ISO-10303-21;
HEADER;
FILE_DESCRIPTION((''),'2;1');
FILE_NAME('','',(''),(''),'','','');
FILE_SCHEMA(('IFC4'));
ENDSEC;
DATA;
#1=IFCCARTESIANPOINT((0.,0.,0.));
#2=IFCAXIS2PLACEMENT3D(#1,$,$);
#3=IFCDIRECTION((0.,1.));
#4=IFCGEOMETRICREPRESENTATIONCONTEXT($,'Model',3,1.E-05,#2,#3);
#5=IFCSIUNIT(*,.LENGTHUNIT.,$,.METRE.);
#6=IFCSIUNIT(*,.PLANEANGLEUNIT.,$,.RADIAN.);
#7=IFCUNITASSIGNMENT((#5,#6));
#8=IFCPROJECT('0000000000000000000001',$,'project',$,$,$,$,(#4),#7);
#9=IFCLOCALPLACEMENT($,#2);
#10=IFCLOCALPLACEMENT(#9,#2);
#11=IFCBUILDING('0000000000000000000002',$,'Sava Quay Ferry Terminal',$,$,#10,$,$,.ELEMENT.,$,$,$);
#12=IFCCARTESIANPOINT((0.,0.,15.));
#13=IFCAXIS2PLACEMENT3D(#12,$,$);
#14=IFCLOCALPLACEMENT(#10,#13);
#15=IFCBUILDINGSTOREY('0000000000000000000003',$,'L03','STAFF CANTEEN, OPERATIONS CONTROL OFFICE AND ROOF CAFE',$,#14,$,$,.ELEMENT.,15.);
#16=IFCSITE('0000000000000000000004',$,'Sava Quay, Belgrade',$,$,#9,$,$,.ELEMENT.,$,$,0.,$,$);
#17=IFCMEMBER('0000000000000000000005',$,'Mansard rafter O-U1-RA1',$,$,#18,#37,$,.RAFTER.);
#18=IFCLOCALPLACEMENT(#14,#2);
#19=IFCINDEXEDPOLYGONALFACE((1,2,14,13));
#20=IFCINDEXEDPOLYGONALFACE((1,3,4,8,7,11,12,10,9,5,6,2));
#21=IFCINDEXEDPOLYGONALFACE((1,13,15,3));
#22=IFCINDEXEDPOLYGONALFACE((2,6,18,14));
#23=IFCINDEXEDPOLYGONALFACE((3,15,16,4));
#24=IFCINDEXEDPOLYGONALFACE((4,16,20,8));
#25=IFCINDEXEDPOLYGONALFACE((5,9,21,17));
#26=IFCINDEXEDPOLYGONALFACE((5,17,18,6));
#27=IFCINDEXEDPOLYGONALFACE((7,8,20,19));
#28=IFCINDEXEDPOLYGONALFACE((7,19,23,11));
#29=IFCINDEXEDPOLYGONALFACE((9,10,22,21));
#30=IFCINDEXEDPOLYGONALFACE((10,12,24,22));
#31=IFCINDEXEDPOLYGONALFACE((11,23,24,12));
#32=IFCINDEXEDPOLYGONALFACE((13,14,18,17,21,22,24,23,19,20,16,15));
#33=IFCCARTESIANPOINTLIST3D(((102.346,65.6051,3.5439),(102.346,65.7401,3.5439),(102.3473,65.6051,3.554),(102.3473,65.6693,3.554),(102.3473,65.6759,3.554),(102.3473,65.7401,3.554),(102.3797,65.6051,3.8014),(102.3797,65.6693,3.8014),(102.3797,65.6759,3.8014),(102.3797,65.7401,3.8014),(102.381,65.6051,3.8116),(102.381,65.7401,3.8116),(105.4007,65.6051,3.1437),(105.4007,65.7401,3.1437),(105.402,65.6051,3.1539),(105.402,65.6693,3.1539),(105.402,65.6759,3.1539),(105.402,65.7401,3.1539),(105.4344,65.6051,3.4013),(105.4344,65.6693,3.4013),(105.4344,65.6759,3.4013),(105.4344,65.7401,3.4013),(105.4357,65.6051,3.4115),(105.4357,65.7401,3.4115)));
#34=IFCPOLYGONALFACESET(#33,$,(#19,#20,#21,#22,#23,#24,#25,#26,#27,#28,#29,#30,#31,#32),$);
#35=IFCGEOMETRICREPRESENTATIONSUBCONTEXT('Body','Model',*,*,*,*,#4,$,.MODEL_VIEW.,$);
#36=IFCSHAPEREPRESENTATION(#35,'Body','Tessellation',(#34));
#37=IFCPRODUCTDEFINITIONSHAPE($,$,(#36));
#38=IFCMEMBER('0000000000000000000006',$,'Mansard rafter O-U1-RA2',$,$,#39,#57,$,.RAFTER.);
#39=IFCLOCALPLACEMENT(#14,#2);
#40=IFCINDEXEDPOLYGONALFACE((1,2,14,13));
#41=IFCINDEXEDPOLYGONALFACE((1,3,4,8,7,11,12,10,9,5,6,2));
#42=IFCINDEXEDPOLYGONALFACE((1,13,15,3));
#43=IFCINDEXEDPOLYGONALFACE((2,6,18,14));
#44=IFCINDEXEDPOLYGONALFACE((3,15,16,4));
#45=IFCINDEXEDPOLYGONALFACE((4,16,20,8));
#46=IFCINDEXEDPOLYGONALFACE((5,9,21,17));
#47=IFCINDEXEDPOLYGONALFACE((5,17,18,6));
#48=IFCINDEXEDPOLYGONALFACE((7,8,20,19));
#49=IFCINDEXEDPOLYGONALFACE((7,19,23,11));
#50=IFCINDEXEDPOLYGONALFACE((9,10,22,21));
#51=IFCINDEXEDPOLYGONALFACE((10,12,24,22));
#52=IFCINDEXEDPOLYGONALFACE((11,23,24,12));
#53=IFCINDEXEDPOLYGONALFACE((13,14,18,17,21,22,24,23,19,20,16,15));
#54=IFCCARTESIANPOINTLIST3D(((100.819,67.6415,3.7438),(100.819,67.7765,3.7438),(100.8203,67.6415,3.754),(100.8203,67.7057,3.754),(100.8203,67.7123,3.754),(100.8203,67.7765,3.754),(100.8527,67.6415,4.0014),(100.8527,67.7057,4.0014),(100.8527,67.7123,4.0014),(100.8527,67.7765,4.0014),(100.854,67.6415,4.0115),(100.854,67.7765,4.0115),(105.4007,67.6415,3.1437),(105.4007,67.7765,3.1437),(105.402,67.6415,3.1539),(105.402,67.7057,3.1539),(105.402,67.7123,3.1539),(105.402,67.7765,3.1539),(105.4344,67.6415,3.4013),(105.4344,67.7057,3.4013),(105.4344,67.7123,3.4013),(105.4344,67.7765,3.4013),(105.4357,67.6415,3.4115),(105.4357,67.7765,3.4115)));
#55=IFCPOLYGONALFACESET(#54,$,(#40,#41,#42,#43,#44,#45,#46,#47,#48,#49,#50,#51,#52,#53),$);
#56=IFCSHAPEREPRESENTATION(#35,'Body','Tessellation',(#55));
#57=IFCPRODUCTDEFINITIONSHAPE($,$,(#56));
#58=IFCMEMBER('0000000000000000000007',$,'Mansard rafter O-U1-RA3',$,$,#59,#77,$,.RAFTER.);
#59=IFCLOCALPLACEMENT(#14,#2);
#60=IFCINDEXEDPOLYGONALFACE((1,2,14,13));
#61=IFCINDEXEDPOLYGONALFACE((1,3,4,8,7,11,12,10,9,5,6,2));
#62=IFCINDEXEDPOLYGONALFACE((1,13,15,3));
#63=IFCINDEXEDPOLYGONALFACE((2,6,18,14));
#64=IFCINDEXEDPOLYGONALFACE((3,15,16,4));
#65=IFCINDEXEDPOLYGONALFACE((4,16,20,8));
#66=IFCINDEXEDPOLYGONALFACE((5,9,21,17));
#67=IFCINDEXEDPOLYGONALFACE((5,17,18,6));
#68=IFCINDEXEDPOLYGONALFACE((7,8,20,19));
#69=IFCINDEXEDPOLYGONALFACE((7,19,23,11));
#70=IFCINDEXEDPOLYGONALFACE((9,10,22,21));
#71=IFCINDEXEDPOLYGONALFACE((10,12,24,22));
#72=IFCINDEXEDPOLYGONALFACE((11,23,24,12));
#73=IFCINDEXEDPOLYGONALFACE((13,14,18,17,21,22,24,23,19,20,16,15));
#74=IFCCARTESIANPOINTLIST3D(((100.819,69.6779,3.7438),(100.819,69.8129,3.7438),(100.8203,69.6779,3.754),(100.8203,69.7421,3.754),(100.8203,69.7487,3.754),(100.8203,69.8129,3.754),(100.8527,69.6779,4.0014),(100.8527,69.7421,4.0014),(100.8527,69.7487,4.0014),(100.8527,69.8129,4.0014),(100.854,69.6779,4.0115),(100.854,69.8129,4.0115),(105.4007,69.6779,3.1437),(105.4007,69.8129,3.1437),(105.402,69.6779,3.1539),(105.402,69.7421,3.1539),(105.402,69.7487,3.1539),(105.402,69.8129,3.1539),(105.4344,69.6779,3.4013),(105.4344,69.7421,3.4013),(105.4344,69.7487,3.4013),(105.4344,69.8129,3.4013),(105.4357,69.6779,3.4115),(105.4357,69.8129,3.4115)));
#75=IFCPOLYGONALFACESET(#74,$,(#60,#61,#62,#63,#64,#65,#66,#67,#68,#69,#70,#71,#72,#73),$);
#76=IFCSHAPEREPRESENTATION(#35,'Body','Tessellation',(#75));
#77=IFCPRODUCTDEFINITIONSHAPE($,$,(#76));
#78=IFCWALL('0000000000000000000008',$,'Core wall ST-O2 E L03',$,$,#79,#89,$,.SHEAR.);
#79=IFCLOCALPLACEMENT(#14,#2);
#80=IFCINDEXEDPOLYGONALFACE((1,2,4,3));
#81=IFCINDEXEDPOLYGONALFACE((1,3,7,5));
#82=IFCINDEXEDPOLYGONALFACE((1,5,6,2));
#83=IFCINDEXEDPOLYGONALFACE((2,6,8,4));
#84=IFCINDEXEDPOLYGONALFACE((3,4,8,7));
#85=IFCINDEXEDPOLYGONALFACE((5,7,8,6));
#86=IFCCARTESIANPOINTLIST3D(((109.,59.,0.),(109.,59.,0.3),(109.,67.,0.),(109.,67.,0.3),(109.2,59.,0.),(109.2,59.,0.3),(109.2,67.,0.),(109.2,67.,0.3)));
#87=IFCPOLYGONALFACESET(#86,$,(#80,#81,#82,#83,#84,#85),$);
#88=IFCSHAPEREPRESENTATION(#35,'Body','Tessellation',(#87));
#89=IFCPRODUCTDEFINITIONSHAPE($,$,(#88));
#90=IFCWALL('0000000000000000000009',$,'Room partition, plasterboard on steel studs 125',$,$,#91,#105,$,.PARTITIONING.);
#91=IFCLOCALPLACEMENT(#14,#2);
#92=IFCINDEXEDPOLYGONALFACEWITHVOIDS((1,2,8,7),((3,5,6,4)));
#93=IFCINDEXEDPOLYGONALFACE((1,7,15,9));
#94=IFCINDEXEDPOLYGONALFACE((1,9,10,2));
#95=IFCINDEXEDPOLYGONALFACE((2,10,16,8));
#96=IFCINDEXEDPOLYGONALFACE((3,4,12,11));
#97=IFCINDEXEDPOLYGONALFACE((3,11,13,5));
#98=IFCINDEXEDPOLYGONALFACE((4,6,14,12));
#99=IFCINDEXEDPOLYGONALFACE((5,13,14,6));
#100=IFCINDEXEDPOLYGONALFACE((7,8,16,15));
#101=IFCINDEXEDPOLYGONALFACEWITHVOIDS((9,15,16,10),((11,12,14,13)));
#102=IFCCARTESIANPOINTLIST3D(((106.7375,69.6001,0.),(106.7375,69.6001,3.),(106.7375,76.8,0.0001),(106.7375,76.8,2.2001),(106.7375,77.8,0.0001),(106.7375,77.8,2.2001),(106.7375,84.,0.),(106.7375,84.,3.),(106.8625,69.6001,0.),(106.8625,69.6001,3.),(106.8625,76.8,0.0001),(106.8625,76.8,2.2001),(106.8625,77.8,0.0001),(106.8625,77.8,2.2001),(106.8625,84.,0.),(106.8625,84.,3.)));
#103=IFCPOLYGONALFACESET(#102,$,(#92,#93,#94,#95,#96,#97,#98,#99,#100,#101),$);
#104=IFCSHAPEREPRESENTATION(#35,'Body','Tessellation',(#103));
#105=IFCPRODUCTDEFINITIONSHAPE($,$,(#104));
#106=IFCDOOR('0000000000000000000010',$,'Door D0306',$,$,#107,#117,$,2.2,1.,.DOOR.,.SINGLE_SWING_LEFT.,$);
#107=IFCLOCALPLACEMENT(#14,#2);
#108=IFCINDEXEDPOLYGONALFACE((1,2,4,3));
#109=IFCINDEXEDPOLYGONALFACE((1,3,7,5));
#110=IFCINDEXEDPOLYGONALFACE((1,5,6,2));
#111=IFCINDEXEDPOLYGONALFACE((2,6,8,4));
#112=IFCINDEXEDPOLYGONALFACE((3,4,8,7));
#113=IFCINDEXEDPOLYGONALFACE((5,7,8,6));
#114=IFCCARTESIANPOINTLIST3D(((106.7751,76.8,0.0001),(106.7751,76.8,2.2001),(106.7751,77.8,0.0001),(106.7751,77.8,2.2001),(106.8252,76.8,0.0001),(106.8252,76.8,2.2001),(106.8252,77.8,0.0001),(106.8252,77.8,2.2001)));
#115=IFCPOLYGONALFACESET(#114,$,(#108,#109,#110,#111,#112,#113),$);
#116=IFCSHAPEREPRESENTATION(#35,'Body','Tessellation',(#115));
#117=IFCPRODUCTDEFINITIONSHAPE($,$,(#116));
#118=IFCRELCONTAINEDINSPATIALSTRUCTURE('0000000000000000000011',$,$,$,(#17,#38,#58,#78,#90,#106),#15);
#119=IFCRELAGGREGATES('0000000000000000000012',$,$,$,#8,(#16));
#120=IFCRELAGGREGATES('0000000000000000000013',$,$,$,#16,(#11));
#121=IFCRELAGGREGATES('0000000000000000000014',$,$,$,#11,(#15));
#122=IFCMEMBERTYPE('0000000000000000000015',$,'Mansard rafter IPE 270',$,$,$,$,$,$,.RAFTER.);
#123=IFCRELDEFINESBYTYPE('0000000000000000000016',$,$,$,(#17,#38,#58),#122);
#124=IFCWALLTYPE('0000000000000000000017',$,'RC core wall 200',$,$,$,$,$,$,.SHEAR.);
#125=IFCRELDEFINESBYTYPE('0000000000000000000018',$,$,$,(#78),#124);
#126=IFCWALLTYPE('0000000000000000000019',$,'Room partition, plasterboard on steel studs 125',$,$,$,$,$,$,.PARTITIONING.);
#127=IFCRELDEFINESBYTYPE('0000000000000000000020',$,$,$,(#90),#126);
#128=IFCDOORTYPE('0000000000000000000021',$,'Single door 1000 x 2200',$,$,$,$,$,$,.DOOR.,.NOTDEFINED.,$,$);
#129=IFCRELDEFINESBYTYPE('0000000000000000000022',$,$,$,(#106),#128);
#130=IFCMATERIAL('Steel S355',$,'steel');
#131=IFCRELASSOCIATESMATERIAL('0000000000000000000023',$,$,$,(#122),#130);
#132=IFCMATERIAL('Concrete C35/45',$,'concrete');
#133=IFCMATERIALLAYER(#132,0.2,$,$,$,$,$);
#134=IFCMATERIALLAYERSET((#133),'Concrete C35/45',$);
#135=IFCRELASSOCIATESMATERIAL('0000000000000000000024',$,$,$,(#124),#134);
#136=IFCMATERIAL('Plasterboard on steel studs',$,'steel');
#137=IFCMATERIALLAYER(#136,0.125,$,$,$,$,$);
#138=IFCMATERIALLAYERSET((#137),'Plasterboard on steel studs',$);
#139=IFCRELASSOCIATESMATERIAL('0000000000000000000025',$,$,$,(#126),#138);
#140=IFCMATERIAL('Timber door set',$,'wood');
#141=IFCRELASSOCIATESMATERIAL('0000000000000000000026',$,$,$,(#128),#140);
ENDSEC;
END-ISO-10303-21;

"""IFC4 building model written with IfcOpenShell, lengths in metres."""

from ifc_helpers import new_model, si_unit, direction, frame, frame_2d, origin, origin_2d, place, context, subcontext, project, spatial, polyline, rectangle, i_section, outline, extrude, material, layer, layer_set, material_profile, profile_set, type_object, element, fill, save


model = new_model("IFC4")

# Units and contexts
model_context = context("Model", 3, precision=1e-05, world=origin(), true_north=direction((0.0, 1.0)))
body_context = subcontext(model_context, "Body", "Model", "MODEL_VIEW")
ifc_project = project(units=[si_unit("LENGTHUNIT", "METRE"), si_unit("PLANEANGLEUNIT", "RADIAN")], contexts=[model_context])

# Site, building, storey
site_placement = place(None, origin())
site = spatial("IfcSite", under=ifc_project, at=site_placement, Name="Sava Quay, Belgrade", CompositionType="ELEMENT", RefElevation=0.0)
building_placement = place(site_placement, origin())
building = spatial("IfcBuilding", under=site, at=building_placement, Name="Sava Quay Ferry Terminal", CompositionType="ELEMENT")
storey_placement = place(building_placement, frame((0.0, 0.0, 15.0)))
storey = spatial("IfcBuildingStorey", under=building, at=storey_placement, Name="L03", Description="STAFF CANTEEN, OPERATIONS CONTROL OFFICE AND ROOF CAFE", CompositionType="ELEMENT", Elevation=15.0)

# Members
ifc_material_1 = material(Name="Steel S355", Category="steel")
ifc_material_profile_1 = material_profile(ifc_material_1, i_section(OverallWidth=0.135, OverallDepth=0.27, WebThickness=0.0066, FlangeThickness=0.0103, at=origin_2d()), Name="IPE 270")
ifc_profile_set_1 = profile_set([ifc_material_profile_1], Name="Steel S355")
member_type = type_object("IfcMemberType", Name="Mansard rafter IPE 270", PredefinedType="RAFTER", material=ifc_profile_set_1)
member_1_placement = place(storey_placement, frame((105.4182, 65.6726, 3.2776), z_axis=(-0.991529, 0.0, 0.129885), x_axis=(0.0, -1.0, 0.0)))
element("IfcMember", 1, at=member_1_placement, inside=storey, type_object=member_type, Name="Mansard rafter O-U1-RA1", PredefinedType="RAFTER", context=body_context, shape_type="SweptSolid", body=[
    extrude(i_section(OverallWidth=0.135, OverallDepth=0.27, WebThickness=0.0066, FlangeThickness=0.0103, at=origin_2d()), origin(), (0.0, 0.0, 1.0), 3.0808),
])
for number, where, z_axis, x_axis, name in (
    (2, (105.4182, 67.709, 3.2776), (-0.991532, 0.0, 0.129865), (0.0, -1.0, 0.0), "Mansard rafter O-U1-RA2"),
    (3, (105.4182, 69.7454, 3.2776), (-0.991532, 0.0, 0.129865), (0.0, -1.0, 0.0), "Mansard rafter O-U1-RA3"),
):
    element("IfcMember", number, at=place(storey_placement, frame(where, z_axis=z_axis, x_axis=x_axis)), inside=storey, type_object=member_type, Name=name, PredefinedType="RAFTER", context=body_context, shape_type="SweptSolid", body=[
        extrude(i_section(OverallWidth=0.135, OverallDepth=0.27, WebThickness=0.0066, FlangeThickness=0.0103, at=origin_2d()), origin(), (0.0, 0.0, 1.0), 4.6208),
    ])

# Wall
ifc_material_2 = material(Name="Concrete C35/45", Category="concrete")
ifc_layer_1 = layer(ifc_material_2, 0.2)
ifc_layer_set_1 = layer_set([ifc_layer_1], Name="Concrete C35/45")
wall_type_1 = type_object("IfcWallType", Name="RC core wall 200", PredefinedType="SHEAR", material=ifc_layer_set_1)
wall_1_placement = place(storey_placement, frame((109.1001, 59.0, 0.0), z_axis=(0.0, 0.0, 1.0), x_axis=(0.0, 1.0, 0.0)))
element("IfcWall", 4, at=wall_1_placement, inside=storey, type_object=wall_type_1, Name="Core wall ST-O2 E L03", PredefinedType="SHEAR", context=body_context, shape_type="SweptSolid", body=[
    extrude(outline(polyline([(0.0, 0.0), (8.0, 0.0), (8.0, 0.3), (0.0, 0.3), (0.0, 0.0)])), frame((0.0, 0.1001, 0.0), z_axis=(0.0, -1.0, 0.0), x_axis=(1.0, 0.0, 0.0)), (0.0, 0.0, 1.0), 0.2),
])

# Wall, opening, door
ifc_material_3 = material(Name="Plasterboard on steel studs", Category="steel")
ifc_layer_2 = layer(ifc_material_3, 0.125)
ifc_layer_set_2 = layer_set([ifc_layer_2], Name="Plasterboard on steel studs")
wall_type_2 = type_object("IfcWallType", Name="Room partition, plasterboard on steel studs 125", PredefinedType="PARTITIONING", material=ifc_layer_set_2)
wall_2_placement = place(storey_placement, frame((106.8, 69.6001, 0.0), z_axis=(0.0, 0.0, 1.0), x_axis=(0.0, 1.0, 0.0)))
wall_2 = element("IfcWall", 5, at=wall_2_placement, inside=storey, type_object=wall_type_2, Name="Room partition, plasterboard on steel studs 125", PredefinedType="PARTITIONING", context=body_context, shape_type="SweptSolid", body=[
    extrude(rectangle(XDim=14.3999, YDim=0.125, at=frame_2d((7.2, 0.0))), origin(), (0.0, 0.0, 1.0), 3.0),
])
opening_placement = place(wall_2_placement, frame((7.2, 0.0, 0.0)))
opening = element("IfcOpeningElement", 6, at=opening_placement, cuts=wall_2, PredefinedType="OPENING", context=body_context, shape_type="SweptSolid", body=[
    extrude(rectangle(XDim=1.0, YDim=2.2, at=frame_2d((0.5, 1.1001))), frame((0.0, 0.0625, 0.0), z_axis=(0.0, -1.0, 0.0), x_axis=(1.0, 0.0, 0.0)), (0.0, 0.0, 1.0), 0.125),
])
ifc_material_4 = material(Name="Timber door set", Category="wood")
door_type = type_object("IfcDoorType", Name="Single door 1000 x 2200", OperationType="NOTDEFINED", PredefinedType="DOOR", material=ifc_material_4)
door_placement = place(opening_placement, origin())
door = element("IfcDoor", 7, at=door_placement, inside=storey, type_object=door_type, Name="Door D0306", OperationType="SINGLE_SWING_LEFT", OverallHeight=2.2, OverallWidth=1.0, PredefinedType="DOOR", context=body_context, shape_type="SweptSolid", body=[
    extrude(rectangle(XDim=1.0, YDim=2.2, at=frame_2d((0.5, 1.1001))), frame((0.0, 0.0249, 0.0), z_axis=(0.0, -1.0, 0.0), x_axis=(1.0, 0.0, 0.0)), (0.0, 0.0, 1.0), 0.05),
])
fill(opening, door)

save(model, "model.ifc")
